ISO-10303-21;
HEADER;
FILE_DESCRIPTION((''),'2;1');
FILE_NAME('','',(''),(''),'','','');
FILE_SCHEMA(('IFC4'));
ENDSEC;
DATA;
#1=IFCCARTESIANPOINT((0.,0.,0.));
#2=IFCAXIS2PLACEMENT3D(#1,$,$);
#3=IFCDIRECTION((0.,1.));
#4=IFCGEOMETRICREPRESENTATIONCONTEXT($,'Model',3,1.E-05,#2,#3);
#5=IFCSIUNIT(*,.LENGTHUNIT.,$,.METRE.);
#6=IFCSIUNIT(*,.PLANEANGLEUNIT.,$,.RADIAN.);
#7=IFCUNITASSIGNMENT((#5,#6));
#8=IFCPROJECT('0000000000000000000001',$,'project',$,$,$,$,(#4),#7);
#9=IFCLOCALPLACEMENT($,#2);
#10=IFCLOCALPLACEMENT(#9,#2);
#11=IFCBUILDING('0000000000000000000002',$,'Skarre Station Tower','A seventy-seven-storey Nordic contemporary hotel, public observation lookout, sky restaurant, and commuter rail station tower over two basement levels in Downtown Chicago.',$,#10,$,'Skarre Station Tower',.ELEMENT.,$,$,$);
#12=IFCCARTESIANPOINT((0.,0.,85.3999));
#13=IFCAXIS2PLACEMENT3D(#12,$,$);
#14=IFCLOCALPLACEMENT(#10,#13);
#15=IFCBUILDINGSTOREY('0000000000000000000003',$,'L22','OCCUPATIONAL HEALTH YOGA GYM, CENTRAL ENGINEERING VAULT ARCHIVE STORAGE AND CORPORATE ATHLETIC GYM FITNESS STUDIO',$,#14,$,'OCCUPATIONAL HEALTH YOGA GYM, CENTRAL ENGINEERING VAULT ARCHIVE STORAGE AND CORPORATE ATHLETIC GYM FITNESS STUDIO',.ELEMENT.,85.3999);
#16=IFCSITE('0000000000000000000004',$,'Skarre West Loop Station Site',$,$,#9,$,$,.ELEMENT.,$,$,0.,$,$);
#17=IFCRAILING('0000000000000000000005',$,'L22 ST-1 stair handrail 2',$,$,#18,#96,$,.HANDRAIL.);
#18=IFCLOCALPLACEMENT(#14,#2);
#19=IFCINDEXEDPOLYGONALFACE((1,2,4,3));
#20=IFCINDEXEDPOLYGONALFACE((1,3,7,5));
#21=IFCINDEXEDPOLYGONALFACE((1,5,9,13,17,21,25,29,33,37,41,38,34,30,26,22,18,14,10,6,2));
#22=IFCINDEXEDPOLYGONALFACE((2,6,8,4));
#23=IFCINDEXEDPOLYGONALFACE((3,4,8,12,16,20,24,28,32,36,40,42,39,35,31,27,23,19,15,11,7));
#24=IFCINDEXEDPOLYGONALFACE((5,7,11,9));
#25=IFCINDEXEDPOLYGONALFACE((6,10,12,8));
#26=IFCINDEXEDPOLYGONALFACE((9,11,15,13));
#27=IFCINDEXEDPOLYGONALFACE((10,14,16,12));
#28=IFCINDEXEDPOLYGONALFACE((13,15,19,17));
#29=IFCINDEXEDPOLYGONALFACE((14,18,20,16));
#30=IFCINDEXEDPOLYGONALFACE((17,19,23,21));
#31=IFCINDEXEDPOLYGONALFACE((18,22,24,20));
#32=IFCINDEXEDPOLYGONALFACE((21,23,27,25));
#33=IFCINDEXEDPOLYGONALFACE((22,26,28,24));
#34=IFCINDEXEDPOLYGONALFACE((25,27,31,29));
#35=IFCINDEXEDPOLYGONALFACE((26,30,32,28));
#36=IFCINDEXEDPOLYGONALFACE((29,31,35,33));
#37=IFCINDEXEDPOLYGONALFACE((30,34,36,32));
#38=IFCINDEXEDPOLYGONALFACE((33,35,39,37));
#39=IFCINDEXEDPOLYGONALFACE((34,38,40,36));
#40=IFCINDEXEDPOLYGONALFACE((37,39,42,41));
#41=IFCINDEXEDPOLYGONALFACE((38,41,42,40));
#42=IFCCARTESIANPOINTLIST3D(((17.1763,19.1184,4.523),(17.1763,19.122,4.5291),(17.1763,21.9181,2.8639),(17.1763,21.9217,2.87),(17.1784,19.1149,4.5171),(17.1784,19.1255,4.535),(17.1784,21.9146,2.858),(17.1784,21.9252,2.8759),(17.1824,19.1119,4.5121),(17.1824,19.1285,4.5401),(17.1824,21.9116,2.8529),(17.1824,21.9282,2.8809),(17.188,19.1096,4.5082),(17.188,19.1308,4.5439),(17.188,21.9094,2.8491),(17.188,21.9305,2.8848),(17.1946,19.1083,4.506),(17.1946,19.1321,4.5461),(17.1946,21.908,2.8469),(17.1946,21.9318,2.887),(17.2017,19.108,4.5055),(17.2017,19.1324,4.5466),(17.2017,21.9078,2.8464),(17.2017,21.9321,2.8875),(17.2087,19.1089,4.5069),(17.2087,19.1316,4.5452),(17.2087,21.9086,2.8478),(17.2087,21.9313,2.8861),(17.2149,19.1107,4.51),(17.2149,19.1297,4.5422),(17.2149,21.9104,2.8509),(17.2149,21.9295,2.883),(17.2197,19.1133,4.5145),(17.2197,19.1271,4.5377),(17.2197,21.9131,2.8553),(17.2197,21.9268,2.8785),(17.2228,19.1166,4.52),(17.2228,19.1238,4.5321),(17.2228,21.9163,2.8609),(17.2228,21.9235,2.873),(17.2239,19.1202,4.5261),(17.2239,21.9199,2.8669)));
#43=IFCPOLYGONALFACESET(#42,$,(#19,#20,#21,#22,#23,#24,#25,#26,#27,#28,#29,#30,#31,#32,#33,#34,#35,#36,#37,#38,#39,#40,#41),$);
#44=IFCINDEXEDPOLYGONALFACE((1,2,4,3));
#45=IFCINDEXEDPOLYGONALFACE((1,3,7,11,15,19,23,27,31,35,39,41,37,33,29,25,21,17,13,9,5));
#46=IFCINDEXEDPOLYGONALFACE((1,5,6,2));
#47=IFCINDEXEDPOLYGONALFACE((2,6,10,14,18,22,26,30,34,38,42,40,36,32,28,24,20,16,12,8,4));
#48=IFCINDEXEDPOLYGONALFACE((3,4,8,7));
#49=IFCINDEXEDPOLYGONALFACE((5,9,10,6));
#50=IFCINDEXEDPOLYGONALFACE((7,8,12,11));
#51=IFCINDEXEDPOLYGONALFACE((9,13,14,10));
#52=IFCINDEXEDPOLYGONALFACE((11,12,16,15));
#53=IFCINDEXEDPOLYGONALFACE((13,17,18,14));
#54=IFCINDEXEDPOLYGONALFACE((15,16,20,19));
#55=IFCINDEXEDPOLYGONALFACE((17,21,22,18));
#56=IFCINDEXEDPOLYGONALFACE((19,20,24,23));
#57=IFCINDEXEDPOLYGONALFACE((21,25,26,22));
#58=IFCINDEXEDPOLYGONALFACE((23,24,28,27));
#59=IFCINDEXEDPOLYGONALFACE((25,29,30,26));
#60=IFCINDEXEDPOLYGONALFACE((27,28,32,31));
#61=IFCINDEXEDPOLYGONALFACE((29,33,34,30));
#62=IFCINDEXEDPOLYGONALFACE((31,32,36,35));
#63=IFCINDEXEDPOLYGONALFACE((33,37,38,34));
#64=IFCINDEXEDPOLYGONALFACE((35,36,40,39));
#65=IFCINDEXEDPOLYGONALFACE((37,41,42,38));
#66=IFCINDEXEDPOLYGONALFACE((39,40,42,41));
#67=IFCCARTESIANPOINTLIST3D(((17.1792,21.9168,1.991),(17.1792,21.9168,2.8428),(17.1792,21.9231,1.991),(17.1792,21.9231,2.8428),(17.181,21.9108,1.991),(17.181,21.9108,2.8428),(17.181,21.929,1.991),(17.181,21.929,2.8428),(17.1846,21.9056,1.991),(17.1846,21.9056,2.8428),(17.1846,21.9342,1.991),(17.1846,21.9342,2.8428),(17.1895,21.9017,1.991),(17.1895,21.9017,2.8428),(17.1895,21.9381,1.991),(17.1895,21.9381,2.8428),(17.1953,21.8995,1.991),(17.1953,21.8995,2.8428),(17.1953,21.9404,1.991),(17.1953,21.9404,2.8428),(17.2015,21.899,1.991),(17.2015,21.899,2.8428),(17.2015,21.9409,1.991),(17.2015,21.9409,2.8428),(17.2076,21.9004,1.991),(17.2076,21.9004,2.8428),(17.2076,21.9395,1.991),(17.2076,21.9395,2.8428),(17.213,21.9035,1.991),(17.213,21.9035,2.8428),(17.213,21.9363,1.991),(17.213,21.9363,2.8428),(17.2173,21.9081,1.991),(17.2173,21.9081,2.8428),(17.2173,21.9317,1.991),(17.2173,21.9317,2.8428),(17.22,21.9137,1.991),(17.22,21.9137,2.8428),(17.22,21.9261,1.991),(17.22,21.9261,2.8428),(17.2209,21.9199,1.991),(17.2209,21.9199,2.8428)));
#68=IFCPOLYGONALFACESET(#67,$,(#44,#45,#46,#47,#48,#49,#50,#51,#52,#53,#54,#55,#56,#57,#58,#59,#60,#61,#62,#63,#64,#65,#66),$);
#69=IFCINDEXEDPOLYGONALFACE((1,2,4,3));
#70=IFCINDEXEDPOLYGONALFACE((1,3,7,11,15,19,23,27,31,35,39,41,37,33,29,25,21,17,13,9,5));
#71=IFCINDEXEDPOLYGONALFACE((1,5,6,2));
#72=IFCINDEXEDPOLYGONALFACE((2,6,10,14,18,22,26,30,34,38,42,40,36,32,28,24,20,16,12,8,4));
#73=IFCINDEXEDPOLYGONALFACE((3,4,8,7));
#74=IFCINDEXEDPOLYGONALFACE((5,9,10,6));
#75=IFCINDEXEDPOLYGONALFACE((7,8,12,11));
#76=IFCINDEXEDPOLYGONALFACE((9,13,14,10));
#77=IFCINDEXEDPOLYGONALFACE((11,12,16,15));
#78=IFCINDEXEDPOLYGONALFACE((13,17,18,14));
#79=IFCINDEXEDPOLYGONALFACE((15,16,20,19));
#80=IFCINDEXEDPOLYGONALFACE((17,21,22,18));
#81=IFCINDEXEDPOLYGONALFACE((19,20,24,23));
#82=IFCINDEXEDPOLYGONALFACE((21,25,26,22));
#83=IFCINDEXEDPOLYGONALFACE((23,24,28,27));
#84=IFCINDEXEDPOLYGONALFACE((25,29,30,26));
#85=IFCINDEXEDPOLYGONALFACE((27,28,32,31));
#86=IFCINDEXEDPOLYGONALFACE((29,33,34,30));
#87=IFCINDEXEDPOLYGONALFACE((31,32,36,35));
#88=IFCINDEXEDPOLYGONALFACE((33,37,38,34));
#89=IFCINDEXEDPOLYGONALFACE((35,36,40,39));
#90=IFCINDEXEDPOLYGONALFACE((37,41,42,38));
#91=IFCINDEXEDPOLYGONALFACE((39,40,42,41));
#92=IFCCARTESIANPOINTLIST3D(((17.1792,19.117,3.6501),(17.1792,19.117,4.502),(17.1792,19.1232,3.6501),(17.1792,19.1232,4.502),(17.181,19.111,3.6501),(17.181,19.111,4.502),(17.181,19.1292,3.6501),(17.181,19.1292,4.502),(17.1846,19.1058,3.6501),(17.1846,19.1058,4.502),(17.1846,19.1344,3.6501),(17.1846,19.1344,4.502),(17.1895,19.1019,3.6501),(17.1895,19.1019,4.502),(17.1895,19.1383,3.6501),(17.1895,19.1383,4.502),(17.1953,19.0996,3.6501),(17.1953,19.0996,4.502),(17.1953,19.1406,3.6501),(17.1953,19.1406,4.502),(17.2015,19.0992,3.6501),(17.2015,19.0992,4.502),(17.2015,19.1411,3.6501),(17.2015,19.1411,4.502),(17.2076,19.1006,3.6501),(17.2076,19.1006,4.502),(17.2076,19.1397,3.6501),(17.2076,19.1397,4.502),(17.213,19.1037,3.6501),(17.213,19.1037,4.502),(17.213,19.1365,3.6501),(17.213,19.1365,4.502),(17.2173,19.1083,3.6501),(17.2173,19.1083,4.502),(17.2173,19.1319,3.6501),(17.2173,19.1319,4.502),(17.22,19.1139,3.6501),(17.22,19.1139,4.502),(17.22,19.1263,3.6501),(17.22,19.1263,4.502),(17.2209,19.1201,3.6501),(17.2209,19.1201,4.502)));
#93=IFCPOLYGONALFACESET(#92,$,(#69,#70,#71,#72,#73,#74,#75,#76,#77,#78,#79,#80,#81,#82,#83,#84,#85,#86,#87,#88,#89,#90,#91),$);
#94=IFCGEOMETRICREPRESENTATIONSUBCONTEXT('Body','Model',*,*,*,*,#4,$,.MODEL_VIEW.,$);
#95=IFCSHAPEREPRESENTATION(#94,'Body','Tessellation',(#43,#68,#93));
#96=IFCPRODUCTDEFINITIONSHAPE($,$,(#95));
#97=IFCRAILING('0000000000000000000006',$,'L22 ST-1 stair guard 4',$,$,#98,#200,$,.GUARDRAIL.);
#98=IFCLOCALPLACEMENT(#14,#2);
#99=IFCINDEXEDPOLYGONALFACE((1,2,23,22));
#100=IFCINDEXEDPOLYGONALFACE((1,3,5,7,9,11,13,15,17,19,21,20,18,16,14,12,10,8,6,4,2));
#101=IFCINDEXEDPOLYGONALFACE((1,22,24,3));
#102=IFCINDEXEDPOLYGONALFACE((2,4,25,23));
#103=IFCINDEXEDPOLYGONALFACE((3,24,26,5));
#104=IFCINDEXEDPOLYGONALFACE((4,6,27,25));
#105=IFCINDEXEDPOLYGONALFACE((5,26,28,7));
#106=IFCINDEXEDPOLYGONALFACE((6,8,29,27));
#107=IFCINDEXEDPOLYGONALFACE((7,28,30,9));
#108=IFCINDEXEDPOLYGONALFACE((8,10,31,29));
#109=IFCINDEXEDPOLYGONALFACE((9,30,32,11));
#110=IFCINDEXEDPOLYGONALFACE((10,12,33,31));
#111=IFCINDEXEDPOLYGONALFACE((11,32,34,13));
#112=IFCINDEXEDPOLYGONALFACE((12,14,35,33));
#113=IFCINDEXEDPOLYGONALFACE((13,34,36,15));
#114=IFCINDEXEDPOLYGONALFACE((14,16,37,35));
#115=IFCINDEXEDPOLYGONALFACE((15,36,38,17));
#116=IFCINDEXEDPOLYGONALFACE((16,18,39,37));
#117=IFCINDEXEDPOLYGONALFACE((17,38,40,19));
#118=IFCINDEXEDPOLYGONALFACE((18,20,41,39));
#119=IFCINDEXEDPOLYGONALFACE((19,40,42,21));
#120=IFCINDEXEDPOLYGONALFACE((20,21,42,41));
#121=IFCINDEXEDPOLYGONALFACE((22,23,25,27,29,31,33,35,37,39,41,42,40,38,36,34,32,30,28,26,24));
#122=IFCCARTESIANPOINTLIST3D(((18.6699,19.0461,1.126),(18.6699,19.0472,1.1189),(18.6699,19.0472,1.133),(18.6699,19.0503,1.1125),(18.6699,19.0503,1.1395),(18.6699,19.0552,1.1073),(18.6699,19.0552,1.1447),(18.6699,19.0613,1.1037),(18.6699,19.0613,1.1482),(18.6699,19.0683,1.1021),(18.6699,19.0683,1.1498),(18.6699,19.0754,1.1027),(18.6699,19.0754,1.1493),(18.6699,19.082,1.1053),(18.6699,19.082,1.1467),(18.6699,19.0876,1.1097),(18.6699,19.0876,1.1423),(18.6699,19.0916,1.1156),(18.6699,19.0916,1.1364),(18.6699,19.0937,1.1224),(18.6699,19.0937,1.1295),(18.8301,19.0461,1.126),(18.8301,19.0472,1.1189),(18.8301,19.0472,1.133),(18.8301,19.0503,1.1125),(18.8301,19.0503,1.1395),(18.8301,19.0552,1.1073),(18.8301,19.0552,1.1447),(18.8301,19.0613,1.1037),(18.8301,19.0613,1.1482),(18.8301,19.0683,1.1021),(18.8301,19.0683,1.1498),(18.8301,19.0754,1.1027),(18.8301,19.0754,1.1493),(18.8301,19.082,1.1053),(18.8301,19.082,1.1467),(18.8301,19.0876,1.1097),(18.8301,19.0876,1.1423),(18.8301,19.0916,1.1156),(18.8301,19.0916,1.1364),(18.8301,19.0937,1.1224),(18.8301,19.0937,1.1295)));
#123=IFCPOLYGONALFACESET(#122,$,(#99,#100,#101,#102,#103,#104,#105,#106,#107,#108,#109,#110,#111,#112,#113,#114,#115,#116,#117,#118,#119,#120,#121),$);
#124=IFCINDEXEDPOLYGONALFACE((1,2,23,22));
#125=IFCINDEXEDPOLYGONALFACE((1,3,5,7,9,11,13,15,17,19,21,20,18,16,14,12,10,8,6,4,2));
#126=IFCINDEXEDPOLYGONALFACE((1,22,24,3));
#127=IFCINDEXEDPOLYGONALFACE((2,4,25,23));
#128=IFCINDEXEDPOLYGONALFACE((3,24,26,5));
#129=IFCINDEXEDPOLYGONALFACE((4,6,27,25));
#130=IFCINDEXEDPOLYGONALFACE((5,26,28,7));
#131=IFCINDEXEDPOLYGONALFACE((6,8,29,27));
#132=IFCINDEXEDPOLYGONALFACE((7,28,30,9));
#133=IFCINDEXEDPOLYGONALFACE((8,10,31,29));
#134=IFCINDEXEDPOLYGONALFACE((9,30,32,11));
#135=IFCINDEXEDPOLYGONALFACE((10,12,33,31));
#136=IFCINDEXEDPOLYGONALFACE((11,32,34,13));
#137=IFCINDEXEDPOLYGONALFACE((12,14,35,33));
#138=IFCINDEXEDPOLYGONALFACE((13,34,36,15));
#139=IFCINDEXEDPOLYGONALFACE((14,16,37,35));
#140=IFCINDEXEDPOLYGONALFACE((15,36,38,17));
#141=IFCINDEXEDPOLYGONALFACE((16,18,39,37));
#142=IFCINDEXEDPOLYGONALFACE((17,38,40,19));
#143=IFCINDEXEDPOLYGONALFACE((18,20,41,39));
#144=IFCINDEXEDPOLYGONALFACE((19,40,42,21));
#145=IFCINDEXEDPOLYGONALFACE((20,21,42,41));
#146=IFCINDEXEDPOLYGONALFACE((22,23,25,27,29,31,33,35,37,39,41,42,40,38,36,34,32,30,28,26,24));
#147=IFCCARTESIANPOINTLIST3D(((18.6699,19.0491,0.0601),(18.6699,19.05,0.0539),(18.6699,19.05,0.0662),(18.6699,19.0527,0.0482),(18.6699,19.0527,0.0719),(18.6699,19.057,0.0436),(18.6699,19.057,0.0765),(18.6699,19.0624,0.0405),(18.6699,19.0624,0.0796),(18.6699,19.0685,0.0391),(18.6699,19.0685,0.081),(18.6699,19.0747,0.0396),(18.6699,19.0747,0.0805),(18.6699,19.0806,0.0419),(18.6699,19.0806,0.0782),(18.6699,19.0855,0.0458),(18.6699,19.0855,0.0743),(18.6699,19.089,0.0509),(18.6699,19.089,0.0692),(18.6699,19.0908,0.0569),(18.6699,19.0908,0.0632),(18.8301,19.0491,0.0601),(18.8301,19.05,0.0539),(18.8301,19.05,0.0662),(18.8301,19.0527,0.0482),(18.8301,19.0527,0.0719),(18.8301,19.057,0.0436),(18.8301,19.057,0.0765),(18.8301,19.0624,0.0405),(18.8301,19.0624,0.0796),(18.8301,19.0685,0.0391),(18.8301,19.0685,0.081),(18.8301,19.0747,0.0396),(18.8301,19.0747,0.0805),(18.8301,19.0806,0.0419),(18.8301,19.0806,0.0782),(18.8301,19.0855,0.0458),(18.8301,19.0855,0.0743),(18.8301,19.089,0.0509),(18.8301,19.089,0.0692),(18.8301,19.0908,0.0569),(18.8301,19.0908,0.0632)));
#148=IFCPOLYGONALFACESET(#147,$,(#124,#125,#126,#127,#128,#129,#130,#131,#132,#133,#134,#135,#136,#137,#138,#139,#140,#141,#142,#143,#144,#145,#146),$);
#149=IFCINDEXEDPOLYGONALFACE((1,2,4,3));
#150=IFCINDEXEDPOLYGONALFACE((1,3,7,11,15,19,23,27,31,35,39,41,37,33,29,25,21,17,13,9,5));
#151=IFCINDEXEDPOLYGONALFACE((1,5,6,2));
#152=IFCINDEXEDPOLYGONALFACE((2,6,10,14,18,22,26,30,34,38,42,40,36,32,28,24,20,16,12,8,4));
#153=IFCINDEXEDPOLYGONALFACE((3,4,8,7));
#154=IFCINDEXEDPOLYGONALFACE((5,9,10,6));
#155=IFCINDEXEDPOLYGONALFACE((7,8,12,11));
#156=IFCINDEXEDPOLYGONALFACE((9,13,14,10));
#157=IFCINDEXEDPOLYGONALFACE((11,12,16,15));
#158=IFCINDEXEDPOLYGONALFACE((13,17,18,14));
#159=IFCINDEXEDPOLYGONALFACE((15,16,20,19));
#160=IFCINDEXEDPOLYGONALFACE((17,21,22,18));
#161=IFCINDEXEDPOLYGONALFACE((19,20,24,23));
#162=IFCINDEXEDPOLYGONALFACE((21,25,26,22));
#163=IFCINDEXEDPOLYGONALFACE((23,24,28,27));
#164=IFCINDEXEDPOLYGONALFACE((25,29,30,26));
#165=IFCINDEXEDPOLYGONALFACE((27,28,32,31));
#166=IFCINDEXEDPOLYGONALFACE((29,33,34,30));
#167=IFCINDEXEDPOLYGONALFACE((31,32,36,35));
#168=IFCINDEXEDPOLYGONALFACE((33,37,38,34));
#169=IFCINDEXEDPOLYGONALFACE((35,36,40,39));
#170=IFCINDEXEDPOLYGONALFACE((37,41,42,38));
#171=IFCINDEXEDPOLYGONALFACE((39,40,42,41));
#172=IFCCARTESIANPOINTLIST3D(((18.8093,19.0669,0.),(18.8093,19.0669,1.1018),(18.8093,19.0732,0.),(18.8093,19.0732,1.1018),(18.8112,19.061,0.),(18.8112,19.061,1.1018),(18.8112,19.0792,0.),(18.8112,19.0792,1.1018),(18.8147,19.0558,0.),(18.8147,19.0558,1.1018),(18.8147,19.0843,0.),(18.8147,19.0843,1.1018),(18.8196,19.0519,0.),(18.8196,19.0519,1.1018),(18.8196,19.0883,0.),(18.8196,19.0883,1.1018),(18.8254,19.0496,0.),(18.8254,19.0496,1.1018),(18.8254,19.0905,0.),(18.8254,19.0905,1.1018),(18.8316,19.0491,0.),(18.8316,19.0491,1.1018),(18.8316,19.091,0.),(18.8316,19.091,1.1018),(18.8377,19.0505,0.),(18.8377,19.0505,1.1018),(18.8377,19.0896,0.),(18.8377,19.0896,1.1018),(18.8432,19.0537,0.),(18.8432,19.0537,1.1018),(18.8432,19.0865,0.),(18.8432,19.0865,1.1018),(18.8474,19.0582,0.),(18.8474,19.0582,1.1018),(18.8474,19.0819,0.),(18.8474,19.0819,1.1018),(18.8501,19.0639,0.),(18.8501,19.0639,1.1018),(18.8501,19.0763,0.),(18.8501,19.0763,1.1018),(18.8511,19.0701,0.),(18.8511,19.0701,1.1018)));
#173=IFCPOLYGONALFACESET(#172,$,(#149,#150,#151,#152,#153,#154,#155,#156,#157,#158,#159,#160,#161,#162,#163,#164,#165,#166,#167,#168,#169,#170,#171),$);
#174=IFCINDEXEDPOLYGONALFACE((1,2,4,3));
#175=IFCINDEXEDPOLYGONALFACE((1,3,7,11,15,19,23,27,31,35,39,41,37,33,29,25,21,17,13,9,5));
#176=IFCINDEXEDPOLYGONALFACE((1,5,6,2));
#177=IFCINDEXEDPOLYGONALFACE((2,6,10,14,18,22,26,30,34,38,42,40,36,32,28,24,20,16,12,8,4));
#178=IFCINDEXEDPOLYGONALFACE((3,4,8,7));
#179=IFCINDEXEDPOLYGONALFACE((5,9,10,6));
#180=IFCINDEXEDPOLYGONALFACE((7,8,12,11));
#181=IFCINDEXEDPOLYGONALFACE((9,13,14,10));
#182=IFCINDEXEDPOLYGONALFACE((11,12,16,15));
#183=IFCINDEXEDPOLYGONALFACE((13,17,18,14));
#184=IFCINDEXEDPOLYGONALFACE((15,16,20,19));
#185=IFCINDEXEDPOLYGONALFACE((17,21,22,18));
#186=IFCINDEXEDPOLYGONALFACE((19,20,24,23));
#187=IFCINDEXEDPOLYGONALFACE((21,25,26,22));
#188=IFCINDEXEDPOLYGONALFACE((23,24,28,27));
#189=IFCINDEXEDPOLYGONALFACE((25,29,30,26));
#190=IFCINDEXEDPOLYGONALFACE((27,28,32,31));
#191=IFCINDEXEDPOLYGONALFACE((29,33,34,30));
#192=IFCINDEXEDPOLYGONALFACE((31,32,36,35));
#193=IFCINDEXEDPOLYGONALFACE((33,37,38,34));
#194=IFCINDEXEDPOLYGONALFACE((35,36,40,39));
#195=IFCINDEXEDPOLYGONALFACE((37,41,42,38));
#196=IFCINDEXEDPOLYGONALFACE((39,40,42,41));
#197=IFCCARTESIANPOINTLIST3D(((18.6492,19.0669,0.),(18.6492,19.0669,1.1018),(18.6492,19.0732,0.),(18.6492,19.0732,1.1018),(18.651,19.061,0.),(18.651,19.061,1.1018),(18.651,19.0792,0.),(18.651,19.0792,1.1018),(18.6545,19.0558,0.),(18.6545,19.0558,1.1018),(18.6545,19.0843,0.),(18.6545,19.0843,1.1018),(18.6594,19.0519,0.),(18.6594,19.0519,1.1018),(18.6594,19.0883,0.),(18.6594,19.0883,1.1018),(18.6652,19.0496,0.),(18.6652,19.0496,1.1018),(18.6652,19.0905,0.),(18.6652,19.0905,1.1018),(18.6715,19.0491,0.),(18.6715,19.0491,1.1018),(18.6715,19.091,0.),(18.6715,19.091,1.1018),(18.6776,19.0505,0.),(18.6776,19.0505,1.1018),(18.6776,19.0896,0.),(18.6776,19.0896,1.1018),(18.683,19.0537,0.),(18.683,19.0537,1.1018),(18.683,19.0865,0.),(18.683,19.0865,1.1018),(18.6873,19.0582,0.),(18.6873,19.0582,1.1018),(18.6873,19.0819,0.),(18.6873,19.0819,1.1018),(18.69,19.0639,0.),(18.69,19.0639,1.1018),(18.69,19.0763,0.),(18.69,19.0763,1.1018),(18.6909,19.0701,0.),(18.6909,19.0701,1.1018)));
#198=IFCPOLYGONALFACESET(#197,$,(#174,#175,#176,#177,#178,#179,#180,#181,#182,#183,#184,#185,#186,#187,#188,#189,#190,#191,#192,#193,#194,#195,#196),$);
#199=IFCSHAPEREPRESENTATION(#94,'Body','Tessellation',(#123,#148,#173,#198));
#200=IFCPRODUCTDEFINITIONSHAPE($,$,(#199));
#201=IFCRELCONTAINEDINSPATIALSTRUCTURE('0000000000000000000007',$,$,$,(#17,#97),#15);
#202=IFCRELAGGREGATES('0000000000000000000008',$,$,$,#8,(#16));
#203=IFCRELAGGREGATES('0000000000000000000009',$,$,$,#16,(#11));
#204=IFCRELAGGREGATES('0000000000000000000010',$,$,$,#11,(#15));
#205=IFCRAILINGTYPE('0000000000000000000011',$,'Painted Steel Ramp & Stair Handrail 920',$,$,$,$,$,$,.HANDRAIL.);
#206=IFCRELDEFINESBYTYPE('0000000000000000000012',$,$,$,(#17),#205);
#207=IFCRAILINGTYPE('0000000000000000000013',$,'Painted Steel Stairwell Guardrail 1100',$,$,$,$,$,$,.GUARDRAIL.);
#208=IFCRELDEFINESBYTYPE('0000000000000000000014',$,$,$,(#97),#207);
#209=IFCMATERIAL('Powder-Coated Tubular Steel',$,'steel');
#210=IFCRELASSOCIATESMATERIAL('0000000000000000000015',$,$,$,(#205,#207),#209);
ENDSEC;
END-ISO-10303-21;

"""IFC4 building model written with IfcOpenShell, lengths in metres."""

from ifc_helpers import new_model, si_unit, direction, frame, origin, origin_2d, place, context, subcontext, project, spatial, circle, extrude, material, type_object, element, save


model = new_model("IFC4")

# Units and contexts
model_context = context("Model", 3, precision=1e-05, world=origin(), true_north=direction((0.0, 1.0)))
body_context = subcontext(model_context, "Body", "Model", "MODEL_VIEW")
ifc_project = project(units=[si_unit("LENGTHUNIT", "METRE"), si_unit("PLANEANGLEUNIT", "RADIAN")], contexts=[model_context])

# Site, building, storey
site_placement = place(None, origin())
site = spatial("IfcSite", under=ifc_project, at=site_placement, Name="Skarre West Loop Station Site", CompositionType="ELEMENT", RefElevation=0.0)
building_placement = place(site_placement, origin())
building = spatial("IfcBuilding", under=site, at=building_placement, Name="Skarre Station Tower", Description="A seventy-seven-storey Nordic contemporary hotel, public observation lookout, sky restaurant, and commuter rail station tower over two basement levels in Downtown Chicago.", LongName="Skarre Station Tower", CompositionType="ELEMENT")
storey_placement = place(building_placement, frame((0.0, 0.0, 85.3999)))
storey = spatial("IfcBuildingStorey", under=building, at=storey_placement, Name="L22", Description="OCCUPATIONAL HEALTH YOGA GYM, CENTRAL ENGINEERING VAULT ARCHIVE STORAGE AND CORPORATE ATHLETIC GYM FITNESS STUDIO", LongName="OCCUPATIONAL HEALTH YOGA GYM, CENTRAL ENGINEERING VAULT ARCHIVE STORAGE AND CORPORATE ATHLETIC GYM FITNESS STUDIO", CompositionType="ELEMENT", Elevation=85.3999)

# Railings
ifc_material_1 = material(Name="Powder-Coated Tubular Steel", Category="steel")
railing_type_1 = type_object("IfcRailingType", Name="Painted Steel Ramp & Stair Handrail 920", PredefinedType="HANDRAIL", material=ifc_material_1)
railing_1_placement = place(storey_placement, frame((17.2, 21.9199, 1.991)))
element("IfcRailing", 1, at=railing_1_placement, inside=storey, type_object=railing_type_1, Name="L22 ST-1 stair handrail 2", PredefinedType="HANDRAIL", context=body_context, shape_type="SweptSolid", body=[
    extrude(circle(Radius=0.0239, at=origin_2d()), frame((0.0, 0.0, 0.876), z_axis=(0.0, -0.860287, 0.509811), x_axis=(1.0, 0.0, 0.0)), (0.0, 0.0, 1.0), 3.2544),
    extrude(circle(Radius=0.021, at=origin_2d()), origin(), (0.0, 0.0, 1.0), 0.8518),
    extrude(circle(Radius=0.021, at=origin_2d()), frame((0.0, -2.7998, 1.6592)), (0.0, 0.0, 1.0), 0.8518),
])
railing_type_2 = type_object("IfcRailingType", Name="Painted Steel Stairwell Guardrail 1100", PredefinedType="GUARDRAIL", material=ifc_material_1)
railing_2_placement = place(storey_placement, frame((18.8301, 19.0701, 0.0)))
element("IfcRailing", 2, at=railing_2_placement, inside=storey, type_object=railing_type_2, Name="L22 ST-1 stair guard 4", PredefinedType="GUARDRAIL", context=body_context, shape_type="SweptSolid", body=[
    extrude(circle(Radius=0.0239, at=origin_2d()), frame((0.0, 0.0, 1.126), z_axis=(-1.0, 0.0, 0.0), x_axis=(0.0, -1.0, 0.0)), (0.0, 0.0, 1.0), 0.1602),
    extrude(circle(Radius=0.021, at=origin_2d()), frame((0.0, 0.0, 0.0601), z_axis=(-1.0, 0.0, 0.0), x_axis=(0.0, -1.0, 0.0)), (0.0, 0.0, 1.0), 0.1602),
    extrude(circle(Radius=0.021, at=origin_2d()), origin(), (0.0, 0.0, 1.0), 1.1018),
    extrude(circle(Radius=0.021, at=origin_2d()), frame((-0.1602, 0.0, 0.0)), (0.0, 0.0, 1.0), 1.1018),
])

save(model, "model.ifc")
